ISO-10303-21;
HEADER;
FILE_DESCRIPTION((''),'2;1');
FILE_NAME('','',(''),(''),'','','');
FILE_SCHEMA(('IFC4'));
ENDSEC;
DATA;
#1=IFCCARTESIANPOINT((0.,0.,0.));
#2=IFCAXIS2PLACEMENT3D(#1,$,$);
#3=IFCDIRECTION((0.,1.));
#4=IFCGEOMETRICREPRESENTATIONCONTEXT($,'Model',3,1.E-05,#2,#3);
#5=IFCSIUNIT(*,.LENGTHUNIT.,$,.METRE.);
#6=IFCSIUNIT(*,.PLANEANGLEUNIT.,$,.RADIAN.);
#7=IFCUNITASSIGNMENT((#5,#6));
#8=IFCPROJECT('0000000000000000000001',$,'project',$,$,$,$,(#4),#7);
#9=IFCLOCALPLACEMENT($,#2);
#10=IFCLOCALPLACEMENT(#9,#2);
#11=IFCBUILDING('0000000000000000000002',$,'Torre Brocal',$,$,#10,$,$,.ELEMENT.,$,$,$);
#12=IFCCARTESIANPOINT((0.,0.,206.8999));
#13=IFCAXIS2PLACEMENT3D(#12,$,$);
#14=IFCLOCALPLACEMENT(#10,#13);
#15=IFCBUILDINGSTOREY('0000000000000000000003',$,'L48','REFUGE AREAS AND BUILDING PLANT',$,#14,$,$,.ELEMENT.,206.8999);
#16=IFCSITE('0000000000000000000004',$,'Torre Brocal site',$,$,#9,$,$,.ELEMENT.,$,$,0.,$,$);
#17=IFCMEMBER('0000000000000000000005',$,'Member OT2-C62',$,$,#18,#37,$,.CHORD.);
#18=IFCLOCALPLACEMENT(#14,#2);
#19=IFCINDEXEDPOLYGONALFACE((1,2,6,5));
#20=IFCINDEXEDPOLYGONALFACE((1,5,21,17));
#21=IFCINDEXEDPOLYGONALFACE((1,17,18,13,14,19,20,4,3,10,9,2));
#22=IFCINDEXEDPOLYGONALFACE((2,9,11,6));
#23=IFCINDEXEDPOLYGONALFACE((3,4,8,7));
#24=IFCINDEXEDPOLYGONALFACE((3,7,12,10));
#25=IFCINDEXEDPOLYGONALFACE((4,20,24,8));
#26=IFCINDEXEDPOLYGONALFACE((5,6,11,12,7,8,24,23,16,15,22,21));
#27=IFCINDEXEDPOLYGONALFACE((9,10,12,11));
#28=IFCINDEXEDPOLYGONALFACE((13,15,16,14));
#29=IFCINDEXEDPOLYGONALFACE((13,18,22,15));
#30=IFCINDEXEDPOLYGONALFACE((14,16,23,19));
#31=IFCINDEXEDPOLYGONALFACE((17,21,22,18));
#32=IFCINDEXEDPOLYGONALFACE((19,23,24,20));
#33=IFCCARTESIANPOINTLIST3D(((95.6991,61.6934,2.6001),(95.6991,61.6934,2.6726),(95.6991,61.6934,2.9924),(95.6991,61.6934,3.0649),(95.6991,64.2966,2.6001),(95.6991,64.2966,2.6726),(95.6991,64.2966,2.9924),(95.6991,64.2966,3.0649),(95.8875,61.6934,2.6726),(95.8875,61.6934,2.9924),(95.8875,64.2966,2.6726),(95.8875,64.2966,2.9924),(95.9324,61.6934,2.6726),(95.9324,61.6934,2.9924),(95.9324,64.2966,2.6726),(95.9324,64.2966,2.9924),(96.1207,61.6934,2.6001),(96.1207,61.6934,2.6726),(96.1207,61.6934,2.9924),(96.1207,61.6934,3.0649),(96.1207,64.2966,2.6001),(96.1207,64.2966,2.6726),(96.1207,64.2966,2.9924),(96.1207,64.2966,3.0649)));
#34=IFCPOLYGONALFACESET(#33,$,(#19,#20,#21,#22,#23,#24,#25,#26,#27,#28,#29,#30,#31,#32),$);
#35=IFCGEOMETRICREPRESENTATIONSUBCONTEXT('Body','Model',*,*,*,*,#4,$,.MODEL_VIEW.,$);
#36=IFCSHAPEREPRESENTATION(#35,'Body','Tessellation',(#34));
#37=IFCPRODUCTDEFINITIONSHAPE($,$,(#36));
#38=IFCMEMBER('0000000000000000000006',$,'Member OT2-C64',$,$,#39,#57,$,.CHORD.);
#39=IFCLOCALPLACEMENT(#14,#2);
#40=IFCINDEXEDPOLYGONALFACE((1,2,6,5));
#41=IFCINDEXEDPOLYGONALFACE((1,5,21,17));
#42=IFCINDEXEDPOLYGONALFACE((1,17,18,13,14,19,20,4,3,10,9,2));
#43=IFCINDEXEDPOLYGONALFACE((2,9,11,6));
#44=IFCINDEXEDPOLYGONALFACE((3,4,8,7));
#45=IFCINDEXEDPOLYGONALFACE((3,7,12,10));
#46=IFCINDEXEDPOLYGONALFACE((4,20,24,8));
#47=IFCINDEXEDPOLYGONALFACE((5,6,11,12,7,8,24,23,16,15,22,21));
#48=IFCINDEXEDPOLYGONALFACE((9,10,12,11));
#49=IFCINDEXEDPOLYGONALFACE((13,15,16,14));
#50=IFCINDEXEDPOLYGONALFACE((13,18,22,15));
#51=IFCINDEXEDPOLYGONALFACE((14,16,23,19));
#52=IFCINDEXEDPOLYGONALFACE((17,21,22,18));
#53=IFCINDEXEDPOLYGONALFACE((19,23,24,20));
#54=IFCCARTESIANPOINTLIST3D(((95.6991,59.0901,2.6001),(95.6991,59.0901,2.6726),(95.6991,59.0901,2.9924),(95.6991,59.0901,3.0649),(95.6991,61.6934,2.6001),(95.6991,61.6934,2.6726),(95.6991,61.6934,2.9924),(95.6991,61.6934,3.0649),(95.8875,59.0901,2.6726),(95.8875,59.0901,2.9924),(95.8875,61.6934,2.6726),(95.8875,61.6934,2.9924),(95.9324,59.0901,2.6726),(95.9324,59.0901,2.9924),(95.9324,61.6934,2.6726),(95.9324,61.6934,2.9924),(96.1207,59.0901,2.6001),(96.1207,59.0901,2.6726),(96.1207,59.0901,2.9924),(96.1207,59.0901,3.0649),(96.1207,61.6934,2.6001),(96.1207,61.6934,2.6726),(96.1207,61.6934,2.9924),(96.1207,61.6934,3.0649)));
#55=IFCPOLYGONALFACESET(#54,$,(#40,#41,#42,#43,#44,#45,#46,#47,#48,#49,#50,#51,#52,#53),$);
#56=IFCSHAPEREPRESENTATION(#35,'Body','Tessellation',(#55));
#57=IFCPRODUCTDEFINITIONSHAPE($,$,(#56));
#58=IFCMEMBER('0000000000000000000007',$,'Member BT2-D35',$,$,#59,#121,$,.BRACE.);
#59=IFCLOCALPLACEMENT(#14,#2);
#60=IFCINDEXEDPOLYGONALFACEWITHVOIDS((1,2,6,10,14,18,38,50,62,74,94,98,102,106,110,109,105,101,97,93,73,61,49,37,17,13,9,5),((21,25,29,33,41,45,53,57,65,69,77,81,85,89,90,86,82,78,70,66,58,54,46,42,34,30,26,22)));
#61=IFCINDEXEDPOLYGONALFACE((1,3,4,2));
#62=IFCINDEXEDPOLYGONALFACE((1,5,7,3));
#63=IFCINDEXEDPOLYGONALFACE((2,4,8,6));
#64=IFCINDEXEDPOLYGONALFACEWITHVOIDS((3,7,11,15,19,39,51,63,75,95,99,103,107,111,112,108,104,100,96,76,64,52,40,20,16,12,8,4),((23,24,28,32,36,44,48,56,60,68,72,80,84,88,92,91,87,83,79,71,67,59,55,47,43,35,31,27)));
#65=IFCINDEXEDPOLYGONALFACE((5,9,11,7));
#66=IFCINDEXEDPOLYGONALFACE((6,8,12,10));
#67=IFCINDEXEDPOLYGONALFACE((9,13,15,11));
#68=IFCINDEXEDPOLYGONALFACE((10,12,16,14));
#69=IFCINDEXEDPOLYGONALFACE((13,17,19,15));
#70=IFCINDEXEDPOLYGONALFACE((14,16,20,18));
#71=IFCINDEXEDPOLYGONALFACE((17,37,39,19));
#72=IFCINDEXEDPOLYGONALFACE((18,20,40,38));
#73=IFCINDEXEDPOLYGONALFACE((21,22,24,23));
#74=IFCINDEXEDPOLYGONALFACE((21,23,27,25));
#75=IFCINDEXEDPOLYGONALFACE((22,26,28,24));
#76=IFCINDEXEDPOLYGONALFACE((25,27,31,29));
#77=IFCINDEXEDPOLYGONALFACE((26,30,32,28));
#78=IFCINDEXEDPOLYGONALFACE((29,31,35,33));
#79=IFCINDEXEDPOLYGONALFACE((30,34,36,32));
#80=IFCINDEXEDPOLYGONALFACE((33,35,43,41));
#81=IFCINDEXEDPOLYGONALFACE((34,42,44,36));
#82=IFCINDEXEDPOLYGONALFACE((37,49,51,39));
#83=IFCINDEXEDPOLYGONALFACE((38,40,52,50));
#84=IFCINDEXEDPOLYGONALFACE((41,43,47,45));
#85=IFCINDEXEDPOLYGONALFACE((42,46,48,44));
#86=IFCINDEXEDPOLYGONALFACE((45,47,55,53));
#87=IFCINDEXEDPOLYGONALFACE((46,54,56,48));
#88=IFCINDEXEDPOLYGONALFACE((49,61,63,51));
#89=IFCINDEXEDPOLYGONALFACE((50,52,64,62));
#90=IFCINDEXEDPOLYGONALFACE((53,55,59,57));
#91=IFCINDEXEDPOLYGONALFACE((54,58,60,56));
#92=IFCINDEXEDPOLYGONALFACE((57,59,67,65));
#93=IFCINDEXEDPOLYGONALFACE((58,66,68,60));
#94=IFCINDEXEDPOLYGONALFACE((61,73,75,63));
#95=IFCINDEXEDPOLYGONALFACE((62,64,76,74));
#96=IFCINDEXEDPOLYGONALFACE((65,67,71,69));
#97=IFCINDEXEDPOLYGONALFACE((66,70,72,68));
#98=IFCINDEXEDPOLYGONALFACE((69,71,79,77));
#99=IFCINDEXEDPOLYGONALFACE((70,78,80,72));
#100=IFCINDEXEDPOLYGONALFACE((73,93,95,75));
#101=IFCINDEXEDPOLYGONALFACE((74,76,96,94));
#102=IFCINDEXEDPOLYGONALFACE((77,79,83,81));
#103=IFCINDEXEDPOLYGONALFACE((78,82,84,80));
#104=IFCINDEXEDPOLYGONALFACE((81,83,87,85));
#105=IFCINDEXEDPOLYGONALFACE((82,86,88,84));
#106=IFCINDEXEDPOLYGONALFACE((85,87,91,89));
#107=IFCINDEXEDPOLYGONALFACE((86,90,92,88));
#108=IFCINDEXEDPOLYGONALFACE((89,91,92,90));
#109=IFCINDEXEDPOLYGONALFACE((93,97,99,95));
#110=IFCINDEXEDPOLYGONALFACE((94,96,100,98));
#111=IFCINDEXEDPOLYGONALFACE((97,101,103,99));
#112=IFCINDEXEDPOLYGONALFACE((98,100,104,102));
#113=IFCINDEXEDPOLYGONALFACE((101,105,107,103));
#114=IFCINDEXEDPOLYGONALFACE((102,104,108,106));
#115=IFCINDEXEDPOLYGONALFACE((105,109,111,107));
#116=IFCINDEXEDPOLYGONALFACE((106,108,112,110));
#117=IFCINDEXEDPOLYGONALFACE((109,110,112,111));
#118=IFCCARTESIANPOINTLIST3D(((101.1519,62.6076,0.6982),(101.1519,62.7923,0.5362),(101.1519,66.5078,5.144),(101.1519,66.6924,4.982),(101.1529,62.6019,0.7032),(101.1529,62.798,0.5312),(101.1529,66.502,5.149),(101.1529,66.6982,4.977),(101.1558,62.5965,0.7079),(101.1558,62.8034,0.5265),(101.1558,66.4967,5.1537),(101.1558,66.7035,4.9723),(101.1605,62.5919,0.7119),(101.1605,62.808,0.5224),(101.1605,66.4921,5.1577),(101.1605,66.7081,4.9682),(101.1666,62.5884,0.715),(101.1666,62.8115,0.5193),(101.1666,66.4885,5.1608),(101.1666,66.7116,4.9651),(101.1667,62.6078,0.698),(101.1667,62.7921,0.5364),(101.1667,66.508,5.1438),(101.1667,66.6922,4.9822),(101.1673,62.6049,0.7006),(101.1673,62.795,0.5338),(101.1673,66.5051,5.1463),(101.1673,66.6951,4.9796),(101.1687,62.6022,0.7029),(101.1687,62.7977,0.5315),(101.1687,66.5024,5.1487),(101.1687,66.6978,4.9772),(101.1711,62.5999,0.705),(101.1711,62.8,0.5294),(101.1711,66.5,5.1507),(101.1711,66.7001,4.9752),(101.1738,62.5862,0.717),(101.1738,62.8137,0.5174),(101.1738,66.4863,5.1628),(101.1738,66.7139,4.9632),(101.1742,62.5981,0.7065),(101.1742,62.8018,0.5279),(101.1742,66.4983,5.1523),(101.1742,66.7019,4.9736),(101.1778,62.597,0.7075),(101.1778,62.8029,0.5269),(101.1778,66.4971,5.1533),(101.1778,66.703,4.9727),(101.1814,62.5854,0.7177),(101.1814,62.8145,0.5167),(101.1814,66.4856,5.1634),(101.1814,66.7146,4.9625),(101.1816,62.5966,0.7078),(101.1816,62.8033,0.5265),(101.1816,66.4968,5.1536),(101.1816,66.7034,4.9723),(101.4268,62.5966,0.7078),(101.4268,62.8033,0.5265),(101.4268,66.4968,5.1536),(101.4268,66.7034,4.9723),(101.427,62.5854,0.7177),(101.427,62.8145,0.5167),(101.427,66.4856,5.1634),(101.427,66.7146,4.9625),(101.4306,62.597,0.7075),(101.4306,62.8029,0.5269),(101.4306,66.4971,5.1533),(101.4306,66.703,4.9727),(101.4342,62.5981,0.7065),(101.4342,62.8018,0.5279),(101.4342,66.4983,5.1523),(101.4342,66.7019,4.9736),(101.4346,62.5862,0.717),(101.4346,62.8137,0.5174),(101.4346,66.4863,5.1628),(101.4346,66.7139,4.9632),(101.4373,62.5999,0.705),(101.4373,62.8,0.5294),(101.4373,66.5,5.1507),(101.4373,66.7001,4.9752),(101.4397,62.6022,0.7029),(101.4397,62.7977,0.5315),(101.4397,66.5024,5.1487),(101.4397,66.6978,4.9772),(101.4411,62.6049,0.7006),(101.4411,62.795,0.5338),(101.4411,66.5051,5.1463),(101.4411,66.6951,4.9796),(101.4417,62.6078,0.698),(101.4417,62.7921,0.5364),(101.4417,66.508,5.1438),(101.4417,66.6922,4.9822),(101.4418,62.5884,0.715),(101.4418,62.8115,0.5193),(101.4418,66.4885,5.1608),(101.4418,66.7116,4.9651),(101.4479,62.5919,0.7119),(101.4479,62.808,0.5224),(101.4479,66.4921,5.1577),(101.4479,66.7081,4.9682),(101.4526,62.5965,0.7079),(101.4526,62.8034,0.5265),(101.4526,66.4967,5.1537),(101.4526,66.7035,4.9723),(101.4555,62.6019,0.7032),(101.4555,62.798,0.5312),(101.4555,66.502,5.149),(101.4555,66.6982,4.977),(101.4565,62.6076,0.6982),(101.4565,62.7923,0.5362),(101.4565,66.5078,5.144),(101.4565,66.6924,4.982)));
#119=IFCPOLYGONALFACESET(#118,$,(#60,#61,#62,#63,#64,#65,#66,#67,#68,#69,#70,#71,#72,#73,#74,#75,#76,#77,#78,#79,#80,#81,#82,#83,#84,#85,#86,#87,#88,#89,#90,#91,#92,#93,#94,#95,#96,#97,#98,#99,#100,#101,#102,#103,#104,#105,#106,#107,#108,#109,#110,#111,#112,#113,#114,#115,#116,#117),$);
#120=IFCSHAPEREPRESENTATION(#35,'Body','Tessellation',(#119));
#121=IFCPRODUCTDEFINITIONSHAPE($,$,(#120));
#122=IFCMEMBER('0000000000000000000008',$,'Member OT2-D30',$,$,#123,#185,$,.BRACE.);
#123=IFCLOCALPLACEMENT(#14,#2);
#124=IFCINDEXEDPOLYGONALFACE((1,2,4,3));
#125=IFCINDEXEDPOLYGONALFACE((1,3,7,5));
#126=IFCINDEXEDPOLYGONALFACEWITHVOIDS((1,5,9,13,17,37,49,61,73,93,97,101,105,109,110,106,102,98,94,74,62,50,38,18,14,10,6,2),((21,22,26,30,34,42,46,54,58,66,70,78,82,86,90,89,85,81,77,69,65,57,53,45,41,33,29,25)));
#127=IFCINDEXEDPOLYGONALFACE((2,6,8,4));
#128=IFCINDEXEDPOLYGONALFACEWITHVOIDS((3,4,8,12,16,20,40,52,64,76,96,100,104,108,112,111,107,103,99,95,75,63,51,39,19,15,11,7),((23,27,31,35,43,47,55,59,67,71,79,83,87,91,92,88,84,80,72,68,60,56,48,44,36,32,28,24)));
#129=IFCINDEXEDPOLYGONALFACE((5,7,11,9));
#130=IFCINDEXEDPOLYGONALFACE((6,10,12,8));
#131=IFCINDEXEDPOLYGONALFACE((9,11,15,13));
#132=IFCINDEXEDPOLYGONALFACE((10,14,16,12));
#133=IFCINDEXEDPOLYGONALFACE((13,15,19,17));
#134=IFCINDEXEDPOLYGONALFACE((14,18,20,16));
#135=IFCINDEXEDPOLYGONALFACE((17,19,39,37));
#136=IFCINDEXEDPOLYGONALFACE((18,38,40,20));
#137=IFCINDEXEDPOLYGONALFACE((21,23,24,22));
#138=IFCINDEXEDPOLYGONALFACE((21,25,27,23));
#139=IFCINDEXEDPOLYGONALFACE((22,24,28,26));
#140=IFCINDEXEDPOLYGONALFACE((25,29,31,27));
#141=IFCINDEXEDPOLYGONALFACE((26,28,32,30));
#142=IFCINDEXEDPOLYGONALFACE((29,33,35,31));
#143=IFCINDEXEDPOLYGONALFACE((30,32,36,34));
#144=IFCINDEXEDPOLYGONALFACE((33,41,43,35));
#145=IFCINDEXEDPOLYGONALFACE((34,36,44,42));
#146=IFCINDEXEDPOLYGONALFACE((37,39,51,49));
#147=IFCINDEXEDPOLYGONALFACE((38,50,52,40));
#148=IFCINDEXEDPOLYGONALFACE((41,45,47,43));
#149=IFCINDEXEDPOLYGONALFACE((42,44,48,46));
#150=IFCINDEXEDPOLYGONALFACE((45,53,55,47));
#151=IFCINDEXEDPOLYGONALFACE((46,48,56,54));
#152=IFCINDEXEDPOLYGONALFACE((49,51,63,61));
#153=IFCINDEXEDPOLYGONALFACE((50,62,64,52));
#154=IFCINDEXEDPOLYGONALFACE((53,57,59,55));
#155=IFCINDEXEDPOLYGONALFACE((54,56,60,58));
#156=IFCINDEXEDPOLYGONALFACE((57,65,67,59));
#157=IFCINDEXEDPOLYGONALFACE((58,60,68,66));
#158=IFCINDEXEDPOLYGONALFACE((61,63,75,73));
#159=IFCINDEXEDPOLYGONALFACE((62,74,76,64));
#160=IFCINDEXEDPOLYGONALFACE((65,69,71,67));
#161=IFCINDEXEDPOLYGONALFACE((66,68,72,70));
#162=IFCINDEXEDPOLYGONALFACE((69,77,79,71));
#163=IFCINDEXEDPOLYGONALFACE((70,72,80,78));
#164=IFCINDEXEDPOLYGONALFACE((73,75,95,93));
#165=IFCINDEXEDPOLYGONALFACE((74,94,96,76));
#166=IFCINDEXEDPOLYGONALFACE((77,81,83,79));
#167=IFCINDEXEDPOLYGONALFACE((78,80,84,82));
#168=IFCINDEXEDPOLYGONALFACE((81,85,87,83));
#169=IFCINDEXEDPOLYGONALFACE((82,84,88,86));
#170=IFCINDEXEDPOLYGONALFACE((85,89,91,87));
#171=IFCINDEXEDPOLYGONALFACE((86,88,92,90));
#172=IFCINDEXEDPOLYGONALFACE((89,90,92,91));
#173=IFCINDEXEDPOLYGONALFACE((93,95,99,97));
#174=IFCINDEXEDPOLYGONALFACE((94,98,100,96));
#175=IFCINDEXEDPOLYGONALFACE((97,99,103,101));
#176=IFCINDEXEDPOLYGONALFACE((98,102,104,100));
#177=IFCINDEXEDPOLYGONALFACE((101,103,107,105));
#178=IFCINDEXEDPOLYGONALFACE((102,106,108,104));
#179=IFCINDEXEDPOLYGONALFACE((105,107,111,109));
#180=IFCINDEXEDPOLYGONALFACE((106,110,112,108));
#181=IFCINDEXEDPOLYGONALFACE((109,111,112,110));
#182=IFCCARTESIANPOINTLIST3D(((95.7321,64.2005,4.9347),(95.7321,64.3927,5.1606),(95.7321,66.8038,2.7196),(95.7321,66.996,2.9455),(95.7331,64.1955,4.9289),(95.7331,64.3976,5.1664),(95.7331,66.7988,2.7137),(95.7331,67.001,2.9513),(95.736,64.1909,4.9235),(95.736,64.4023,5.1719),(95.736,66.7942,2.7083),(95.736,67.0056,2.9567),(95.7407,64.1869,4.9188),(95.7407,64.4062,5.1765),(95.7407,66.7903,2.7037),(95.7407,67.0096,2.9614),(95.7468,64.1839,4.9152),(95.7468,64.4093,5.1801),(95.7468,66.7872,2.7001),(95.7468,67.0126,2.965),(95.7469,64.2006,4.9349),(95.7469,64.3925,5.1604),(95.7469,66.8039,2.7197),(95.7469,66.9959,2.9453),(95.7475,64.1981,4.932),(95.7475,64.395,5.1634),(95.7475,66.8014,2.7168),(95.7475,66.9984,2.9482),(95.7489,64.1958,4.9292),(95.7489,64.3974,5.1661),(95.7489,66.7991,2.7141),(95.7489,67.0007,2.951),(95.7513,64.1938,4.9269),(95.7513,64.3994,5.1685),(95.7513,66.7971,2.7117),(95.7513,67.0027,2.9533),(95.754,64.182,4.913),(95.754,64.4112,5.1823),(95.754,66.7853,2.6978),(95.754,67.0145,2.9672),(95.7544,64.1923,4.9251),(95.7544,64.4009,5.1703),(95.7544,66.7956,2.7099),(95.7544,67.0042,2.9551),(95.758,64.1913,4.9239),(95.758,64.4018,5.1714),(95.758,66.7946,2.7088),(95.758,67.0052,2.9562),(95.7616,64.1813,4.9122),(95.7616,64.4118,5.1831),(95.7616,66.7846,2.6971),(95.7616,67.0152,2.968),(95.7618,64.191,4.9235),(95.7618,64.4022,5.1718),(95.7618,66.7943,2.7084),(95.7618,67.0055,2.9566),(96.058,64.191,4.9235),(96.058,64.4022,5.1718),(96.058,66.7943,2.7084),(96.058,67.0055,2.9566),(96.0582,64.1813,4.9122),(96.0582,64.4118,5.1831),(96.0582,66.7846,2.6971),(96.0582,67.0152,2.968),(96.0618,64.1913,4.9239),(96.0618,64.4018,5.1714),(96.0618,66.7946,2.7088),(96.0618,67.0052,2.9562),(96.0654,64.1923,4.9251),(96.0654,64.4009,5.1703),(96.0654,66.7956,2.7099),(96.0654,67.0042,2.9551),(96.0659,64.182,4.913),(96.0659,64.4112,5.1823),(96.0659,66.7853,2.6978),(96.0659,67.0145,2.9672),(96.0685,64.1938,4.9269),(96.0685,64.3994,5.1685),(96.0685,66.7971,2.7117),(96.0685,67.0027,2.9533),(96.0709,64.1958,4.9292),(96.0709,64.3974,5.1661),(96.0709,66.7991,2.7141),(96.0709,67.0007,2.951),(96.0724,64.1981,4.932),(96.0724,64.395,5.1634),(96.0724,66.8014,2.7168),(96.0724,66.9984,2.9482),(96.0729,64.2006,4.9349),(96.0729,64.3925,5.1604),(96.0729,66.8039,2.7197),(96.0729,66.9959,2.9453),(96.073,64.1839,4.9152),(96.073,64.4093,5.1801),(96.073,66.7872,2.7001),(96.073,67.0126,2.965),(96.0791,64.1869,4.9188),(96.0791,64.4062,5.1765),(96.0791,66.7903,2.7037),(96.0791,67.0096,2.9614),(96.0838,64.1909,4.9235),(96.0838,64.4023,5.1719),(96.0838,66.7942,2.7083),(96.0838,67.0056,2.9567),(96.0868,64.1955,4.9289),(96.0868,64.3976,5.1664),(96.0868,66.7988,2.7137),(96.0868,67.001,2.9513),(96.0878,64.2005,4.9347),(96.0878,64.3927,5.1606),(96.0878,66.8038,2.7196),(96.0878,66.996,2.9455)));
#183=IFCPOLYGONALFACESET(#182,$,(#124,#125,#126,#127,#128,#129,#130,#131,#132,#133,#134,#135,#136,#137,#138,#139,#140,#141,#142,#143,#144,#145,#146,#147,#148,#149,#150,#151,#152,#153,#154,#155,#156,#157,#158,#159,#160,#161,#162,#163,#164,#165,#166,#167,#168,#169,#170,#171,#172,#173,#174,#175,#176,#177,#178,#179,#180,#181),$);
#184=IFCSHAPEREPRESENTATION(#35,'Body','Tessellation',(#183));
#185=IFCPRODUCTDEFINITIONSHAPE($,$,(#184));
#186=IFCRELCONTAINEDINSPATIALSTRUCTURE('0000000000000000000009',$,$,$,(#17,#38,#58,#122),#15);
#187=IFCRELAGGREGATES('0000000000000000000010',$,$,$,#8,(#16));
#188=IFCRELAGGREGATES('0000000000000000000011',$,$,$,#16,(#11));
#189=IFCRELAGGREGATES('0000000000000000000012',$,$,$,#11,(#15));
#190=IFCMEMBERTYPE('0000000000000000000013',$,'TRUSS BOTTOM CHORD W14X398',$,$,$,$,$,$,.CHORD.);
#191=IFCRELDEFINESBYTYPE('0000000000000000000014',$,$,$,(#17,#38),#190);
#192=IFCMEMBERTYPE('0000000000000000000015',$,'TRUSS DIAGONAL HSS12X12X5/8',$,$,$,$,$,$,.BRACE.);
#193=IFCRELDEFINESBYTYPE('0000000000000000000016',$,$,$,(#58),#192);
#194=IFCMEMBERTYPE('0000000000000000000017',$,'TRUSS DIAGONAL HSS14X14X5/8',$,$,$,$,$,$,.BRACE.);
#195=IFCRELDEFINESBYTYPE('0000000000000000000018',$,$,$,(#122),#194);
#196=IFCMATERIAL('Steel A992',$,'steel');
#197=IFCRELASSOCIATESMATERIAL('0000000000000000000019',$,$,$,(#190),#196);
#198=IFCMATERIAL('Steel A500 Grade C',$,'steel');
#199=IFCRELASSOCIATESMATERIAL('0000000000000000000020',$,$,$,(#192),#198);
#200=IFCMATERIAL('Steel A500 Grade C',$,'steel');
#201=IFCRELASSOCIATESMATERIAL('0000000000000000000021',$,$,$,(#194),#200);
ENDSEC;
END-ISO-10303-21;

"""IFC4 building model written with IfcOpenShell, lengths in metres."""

from ifc_helpers import new_model, si_unit, direction, frame, origin, origin_2d, place, context, subcontext, project, spatial, hollow_rectangle, i_section, extrude, material, material_profile, profile_set, type_object, element, save


model = new_model("IFC4")

# Units and contexts
model_context = context("Model", 3, precision=1e-05, world=origin(), true_north=direction((0.0, 1.0)))
body_context = subcontext(model_context, "Body", "Model", "MODEL_VIEW")
ifc_project = project(units=[si_unit("LENGTHUNIT", "METRE"), si_unit("PLANEANGLEUNIT", "RADIAN")], contexts=[model_context])

# Site, building, storey
site_placement = place(None, origin())
site = spatial("IfcSite", under=ifc_project, at=site_placement, Name="Torre Brocal site", CompositionType="ELEMENT", RefElevation=0.0)
building_placement = place(site_placement, origin())
building = spatial("IfcBuilding", under=site, at=building_placement, Name="Torre Brocal", CompositionType="ELEMENT")
storey_placement = place(building_placement, frame((0.0, 0.0, 206.8999)))
storey = spatial("IfcBuildingStorey", under=building, at=storey_placement, Name="L48", Description="REFUGE AREAS AND BUILDING PLANT", CompositionType="ELEMENT", Elevation=206.8999)

# Members
ifc_material_1 = material(Name="Steel A992", Category="steel")
ifc_material_profile_1 = material_profile(ifc_material_1, i_section(OverallWidth=0.4216, OverallDepth=0.4648, WebThickness=0.0449, FlangeThickness=0.0725, at=origin_2d()), Name="W14X398")
ifc_profile_set_1 = profile_set([ifc_material_profile_1], Name="Steel A992")
member_type_1 = type_object("IfcMemberType", Name="TRUSS BOTTOM CHORD W14X398", PredefinedType="CHORD", material=ifc_profile_set_1)
for number, where, z_axis, x_axis, name in (
    (1, (95.9099, 64.2966, 2.8325), (0.0, -1.0, 0.0), (1.0, 0.0, 0.0), "Member OT2-C62"),
    (2, (95.9099, 61.6934, 2.8325), (0.0, -1.0, 0.0), (1.0, 0.0, 0.0), "Member OT2-C64"),
):
    element("IfcMember", number, at=place(storey_placement, frame(where, z_axis=z_axis, x_axis=x_axis)), inside=storey, type_object=member_type_1, Name=name, PredefinedType="CHORD", context=body_context, shape_type="SweptSolid", body=[
        extrude(i_section(OverallWidth=0.4216, OverallDepth=0.4648, WebThickness=0.0449, FlangeThickness=0.0725, at=origin_2d()), origin(), (0.0, 0.0, 1.0), 2.6033),
    ])
ifc_material_2 = material(Name="Steel A500 Grade C", Category="steel")
ifc_material_profile_2 = material_profile(ifc_material_2, hollow_rectangle(XDim=0.3047, YDim=0.3047, WallThickness=0.0149, InnerFilletRadius=0.0149, OuterFilletRadius=0.0295, at=origin_2d()), Name="HSS12X12X5/8")
ifc_profile_set_2 = profile_set([ifc_material_profile_2], Name="Steel A500 Grade C")
member_type_2 = type_object("IfcMemberType", Name="TRUSS DIAGONAL HSS12X12X5/8", PredefinedType="BRACE", material=ifc_profile_set_2)
member_1_placement = place(storey_placement, frame((101.3042, 62.7, 0.6172), z_axis=(0.0, 0.659469, 0.751732), x_axis=(-1.0, 0.0, 0.0)))
element("IfcMember", 3, at=member_1_placement, inside=storey, type_object=member_type_2, Name="Member BT2-D35", PredefinedType="BRACE", context=body_context, shape_type="SweptSolid", body=[
    extrude(hollow_rectangle(XDim=0.3047, YDim=0.3047, WallThickness=0.0149, InnerFilletRadius=0.0149, OuterFilletRadius=0.0295, at=origin_2d()), origin(), (0.0, 0.0, 1.0), 5.9141),
])
ifc_material_3 = material(Name="Steel A500 Grade C", Category="steel")
ifc_material_profile_3 = material_profile(ifc_material_3, hollow_rectangle(XDim=0.3557, YDim=0.3557, WallThickness=0.0149, InnerFilletRadius=0.0149, OuterFilletRadius=0.0295, at=origin_2d()), Name="HSS14X14X5/8")
ifc_profile_set_3 = profile_set([ifc_material_profile_3], Name="Steel A500 Grade C")
member_type_3 = type_object("IfcMemberType", Name="TRUSS DIAGONAL HSS14X14X5/8", PredefinedType="BRACE", material=ifc_profile_set_3)
for number, where, z_axis, x_axis, name in (
    (4, (95.9099, 66.8999, 2.8325), (0.0, -0.761606, 0.64804), (1.0, 0.0, 0.0), "Member OT2-D30"),
):
    element("IfcMember", number, at=place(storey_placement, frame(where, z_axis=z_axis, x_axis=x_axis)), inside=storey, type_object=member_type_3, Name=name, PredefinedType="BRACE", context=body_context, shape_type="SweptSolid", body=[
        extrude(hollow_rectangle(XDim=0.3557, YDim=0.3557, WallThickness=0.0149, InnerFilletRadius=0.0149, OuterFilletRadius=0.0295, at=origin_2d()), origin(), (0.0, 0.0, 1.0), 3.4182),
    ])

save(model, "model.ifc")
